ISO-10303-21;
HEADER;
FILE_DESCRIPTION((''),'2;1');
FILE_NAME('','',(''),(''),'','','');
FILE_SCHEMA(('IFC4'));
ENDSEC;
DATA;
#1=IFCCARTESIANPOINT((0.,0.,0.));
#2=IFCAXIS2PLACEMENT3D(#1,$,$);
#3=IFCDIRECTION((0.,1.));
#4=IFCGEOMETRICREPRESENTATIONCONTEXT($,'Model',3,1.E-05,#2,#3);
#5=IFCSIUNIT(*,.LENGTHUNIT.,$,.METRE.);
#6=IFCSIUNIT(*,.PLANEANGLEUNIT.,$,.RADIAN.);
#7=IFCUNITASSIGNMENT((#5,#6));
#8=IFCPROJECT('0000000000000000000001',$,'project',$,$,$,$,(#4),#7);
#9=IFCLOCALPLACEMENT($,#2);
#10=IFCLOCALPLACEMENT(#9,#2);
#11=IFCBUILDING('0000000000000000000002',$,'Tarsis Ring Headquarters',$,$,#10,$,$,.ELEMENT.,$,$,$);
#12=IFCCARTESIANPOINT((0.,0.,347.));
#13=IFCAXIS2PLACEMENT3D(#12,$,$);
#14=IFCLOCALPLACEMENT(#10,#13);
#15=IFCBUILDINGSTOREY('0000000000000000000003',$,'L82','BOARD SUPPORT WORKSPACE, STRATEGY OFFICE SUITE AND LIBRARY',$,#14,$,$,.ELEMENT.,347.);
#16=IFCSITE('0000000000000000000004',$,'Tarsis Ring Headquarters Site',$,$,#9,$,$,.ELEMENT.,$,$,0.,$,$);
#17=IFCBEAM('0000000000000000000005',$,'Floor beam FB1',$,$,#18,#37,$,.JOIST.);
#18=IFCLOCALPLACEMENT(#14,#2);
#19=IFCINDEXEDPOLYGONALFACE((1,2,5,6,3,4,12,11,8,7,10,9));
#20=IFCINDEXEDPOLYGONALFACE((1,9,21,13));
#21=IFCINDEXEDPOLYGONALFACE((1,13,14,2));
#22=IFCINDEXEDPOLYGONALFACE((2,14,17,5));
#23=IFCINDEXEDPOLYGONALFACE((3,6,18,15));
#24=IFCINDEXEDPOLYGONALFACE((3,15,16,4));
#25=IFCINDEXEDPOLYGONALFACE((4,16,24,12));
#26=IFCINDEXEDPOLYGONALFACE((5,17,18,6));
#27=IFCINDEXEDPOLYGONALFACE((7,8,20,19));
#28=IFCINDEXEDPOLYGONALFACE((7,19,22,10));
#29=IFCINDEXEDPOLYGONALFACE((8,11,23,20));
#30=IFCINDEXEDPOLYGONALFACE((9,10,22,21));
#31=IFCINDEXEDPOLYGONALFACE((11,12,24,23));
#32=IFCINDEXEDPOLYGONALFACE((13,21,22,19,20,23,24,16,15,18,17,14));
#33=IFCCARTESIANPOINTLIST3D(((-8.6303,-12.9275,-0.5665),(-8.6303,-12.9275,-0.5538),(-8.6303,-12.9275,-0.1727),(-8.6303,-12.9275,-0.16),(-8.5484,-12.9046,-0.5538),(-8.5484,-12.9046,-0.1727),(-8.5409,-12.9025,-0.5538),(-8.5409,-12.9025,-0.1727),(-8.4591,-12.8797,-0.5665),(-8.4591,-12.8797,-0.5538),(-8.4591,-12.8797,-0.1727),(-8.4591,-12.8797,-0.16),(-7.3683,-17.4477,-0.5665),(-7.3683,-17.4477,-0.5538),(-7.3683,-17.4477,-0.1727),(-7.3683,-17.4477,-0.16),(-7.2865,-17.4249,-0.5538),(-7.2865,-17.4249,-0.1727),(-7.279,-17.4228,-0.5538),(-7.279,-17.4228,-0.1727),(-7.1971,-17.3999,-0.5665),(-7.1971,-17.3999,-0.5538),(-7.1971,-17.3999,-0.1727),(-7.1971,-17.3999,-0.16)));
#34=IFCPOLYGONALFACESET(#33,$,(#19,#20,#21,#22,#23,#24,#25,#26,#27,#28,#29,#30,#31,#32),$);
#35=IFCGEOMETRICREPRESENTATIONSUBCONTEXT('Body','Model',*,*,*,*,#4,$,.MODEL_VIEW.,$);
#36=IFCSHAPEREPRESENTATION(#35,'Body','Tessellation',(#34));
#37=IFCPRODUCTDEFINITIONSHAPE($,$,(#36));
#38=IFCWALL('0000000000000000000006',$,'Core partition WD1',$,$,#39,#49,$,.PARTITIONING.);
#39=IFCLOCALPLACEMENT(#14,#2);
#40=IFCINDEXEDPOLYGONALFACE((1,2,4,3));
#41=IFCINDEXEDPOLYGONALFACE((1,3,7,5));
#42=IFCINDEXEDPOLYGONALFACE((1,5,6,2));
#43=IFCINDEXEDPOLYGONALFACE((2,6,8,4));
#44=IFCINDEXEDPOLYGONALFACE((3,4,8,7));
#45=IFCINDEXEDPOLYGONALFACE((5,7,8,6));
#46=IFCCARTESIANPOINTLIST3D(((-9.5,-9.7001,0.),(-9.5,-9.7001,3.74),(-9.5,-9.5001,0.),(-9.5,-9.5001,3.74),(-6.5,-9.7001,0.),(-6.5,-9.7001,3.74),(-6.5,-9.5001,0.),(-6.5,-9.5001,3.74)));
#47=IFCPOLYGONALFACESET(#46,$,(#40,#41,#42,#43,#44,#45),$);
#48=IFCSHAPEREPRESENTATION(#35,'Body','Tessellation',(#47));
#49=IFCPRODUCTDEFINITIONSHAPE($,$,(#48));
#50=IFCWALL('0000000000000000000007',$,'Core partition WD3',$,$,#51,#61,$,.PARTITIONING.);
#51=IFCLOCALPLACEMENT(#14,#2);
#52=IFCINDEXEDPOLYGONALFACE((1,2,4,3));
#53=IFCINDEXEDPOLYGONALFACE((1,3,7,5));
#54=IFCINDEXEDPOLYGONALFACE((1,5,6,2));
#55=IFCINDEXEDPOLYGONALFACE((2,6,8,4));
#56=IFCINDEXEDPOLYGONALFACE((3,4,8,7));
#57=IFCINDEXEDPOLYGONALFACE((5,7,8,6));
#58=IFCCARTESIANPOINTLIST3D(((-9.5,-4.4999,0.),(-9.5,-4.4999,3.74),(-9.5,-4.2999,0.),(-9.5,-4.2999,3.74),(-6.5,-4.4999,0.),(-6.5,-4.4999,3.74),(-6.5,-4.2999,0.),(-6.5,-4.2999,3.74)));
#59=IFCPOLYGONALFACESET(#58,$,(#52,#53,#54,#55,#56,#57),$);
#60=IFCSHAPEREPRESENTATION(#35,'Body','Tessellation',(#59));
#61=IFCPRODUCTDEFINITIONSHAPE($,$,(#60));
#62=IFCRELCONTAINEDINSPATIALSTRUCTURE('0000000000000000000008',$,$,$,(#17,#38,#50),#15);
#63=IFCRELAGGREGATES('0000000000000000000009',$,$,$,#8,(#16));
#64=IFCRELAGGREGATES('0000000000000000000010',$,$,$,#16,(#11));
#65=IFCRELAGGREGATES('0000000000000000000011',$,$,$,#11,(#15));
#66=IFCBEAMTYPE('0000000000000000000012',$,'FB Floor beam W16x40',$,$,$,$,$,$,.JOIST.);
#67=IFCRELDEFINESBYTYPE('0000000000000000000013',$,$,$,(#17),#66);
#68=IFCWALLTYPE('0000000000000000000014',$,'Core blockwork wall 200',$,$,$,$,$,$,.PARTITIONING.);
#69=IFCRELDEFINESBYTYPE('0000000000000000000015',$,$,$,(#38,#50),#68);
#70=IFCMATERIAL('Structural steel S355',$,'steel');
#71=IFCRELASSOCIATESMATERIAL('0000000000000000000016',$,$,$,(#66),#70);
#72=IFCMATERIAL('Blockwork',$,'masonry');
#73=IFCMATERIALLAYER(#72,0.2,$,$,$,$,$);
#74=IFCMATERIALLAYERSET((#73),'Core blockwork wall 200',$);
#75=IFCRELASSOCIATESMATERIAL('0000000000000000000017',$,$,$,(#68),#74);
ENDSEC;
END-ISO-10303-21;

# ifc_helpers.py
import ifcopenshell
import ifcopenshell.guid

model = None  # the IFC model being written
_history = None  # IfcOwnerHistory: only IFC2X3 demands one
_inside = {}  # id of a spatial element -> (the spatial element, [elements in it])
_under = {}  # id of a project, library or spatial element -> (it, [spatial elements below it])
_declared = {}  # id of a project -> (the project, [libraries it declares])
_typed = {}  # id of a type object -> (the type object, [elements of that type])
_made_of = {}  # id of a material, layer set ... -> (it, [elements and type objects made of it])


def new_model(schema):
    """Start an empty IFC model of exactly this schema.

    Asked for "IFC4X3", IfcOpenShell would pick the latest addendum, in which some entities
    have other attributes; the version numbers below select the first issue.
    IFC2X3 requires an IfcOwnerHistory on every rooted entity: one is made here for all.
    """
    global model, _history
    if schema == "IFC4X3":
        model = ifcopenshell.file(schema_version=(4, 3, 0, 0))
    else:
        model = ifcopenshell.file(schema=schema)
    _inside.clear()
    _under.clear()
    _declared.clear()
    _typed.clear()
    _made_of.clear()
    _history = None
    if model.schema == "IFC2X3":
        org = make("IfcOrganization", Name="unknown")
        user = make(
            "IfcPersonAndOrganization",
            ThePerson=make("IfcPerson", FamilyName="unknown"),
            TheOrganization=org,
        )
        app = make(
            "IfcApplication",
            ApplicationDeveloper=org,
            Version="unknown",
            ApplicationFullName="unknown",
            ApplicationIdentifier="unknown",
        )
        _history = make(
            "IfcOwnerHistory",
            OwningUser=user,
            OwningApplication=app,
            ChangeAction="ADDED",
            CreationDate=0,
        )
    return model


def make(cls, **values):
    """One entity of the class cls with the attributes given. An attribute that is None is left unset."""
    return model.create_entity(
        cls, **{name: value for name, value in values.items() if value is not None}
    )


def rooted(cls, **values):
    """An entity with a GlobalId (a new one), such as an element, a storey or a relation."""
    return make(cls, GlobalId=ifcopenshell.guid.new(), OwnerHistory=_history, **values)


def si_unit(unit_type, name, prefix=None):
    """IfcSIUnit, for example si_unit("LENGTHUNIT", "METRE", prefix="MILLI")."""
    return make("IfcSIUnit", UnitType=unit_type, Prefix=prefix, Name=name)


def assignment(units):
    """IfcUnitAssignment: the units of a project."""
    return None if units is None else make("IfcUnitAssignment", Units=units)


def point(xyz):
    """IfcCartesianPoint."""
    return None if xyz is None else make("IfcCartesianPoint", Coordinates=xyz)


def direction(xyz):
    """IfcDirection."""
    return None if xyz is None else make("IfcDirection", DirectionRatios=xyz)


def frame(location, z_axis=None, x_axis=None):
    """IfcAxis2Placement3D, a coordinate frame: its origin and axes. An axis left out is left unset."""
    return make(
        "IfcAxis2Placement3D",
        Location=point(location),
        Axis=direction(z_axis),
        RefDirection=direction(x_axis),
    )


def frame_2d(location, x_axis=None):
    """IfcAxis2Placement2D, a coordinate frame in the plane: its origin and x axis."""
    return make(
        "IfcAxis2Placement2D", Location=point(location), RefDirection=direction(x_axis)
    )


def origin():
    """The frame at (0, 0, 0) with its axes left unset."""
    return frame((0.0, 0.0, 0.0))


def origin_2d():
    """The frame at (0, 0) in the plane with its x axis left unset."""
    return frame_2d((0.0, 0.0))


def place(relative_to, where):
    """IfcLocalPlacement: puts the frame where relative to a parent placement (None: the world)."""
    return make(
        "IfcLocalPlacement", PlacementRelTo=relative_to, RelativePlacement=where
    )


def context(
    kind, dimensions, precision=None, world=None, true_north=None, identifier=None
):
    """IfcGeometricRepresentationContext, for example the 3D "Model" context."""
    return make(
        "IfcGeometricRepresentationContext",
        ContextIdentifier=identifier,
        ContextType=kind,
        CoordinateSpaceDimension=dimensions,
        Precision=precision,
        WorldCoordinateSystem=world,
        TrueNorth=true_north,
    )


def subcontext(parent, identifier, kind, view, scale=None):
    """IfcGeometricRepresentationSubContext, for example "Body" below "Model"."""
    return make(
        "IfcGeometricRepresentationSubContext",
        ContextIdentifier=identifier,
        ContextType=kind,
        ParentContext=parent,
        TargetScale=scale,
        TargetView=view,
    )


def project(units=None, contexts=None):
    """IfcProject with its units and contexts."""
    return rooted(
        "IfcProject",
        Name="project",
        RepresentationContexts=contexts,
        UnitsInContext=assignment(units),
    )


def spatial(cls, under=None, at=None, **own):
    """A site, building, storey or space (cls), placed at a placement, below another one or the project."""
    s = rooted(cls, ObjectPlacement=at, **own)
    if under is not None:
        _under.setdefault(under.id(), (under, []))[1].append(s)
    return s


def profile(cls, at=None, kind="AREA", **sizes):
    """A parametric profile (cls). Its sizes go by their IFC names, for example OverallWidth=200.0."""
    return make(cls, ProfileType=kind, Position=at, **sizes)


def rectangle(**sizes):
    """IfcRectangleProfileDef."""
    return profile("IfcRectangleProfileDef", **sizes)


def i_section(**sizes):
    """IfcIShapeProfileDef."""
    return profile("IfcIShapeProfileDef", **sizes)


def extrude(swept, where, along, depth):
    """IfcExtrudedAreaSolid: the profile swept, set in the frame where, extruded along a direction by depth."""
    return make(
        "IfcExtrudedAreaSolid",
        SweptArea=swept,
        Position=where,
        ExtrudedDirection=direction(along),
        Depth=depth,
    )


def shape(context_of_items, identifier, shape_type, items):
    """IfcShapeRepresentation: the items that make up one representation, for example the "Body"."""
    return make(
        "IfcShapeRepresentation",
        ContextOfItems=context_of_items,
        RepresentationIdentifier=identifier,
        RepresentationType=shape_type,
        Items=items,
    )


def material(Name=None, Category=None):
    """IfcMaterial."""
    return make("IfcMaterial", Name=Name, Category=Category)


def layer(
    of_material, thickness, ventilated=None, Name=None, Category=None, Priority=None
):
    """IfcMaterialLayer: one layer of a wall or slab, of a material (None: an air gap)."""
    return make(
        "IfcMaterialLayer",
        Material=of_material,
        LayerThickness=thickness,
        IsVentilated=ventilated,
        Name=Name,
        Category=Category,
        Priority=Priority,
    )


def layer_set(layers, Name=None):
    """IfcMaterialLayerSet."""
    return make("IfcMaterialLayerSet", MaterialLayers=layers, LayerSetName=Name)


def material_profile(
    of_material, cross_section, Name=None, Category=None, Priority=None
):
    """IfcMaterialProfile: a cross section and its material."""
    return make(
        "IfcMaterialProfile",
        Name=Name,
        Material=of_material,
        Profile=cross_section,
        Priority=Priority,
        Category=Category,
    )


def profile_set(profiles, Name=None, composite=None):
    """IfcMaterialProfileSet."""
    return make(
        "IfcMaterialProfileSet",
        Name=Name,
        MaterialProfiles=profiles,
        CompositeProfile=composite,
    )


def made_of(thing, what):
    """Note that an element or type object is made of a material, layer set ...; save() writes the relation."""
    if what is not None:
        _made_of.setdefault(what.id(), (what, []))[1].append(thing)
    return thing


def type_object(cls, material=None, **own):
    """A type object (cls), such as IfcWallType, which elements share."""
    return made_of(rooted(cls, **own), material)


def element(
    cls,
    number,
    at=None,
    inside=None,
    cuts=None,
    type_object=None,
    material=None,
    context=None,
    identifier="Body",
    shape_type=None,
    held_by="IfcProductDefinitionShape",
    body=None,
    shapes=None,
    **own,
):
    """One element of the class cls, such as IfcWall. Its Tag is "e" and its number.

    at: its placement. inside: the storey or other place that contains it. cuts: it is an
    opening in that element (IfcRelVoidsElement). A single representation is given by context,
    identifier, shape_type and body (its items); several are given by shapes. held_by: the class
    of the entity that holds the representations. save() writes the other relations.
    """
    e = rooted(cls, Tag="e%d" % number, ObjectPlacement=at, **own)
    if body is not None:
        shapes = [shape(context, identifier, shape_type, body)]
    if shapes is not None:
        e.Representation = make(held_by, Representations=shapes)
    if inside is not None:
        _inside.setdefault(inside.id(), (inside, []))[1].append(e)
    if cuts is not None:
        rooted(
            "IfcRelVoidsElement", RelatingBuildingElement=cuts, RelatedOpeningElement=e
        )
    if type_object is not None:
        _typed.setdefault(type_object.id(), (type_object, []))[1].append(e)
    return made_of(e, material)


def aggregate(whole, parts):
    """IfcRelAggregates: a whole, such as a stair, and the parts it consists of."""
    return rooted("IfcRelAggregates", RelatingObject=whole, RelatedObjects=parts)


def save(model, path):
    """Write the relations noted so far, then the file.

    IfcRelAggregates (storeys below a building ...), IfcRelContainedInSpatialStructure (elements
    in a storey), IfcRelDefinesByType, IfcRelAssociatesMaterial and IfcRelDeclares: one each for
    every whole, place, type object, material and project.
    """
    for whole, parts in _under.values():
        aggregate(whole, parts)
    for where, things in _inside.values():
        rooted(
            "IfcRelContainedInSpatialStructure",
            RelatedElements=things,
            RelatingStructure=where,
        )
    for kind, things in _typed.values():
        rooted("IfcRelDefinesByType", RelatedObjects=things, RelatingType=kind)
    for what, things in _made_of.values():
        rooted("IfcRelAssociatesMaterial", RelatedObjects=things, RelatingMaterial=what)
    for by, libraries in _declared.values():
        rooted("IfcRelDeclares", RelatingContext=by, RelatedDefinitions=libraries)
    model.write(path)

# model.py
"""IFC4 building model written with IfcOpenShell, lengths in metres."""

from ifc_helpers import new_model, si_unit, direction, frame, frame_2d, origin, origin_2d, place, context, subcontext, project, spatial, rectangle, i_section, extrude, material, layer, layer_set, material_profile, profile_set, type_object, element, save


model = new_model("IFC4")

# Units and contexts
model_context = context("Model", 3, precision=1e-05, world=origin(), true_north=direction((0.0, 1.0)))
body_context = subcontext(model_context, "Body", "Model", "MODEL_VIEW")
ifc_project = project(units=[si_unit("LENGTHUNIT", "METRE"), si_unit("PLANEANGLEUNIT", "RADIAN")], contexts=[model_context])

# Site, building, storey
site_placement = place(None, origin())
site = spatial("IfcSite", under=ifc_project, at=site_placement, Name="Tarsis Ring Headquarters Site", CompositionType="ELEMENT", RefElevation=0.0)
building_placement = place(site_placement, origin())
building = spatial("IfcBuilding", under=site, at=building_placement, Name="Tarsis Ring Headquarters", CompositionType="ELEMENT")
storey_placement = place(building_placement, frame((0.0, 0.0, 347.0)))
storey = spatial("IfcBuildingStorey", under=building, at=storey_placement, Name="L82", Description="BOARD SUPPORT WORKSPACE, STRATEGY OFFICE SUITE AND LIBRARY", CompositionType="ELEMENT", Elevation=347.0)

# Beam
ifc_material_1 = material(Name="Structural steel S355", Category="steel")
ifc_material_profile = material_profile(ifc_material_1, i_section(OverallWidth=0.1777, OverallDepth=0.4065, WebThickness=0.0078, FlangeThickness=0.0127, at=origin_2d()), Name="W16x40")
ifc_profile_set = profile_set([ifc_material_profile], Name="Structural steel S355")
beam_type = type_object("IfcBeamType", Name="FB Floor beam W16x40", PredefinedType="JOIST", material=ifc_profile_set)
beam_placement = place(storey_placement, frame((-8.5447, -12.9036, -0.3633), z_axis=(0.268897, -0.963169, 0.0), x_axis=(0.963169, 0.268897, 0.0)))
element("IfcBeam", 1, at=beam_placement, inside=storey, type_object=beam_type, Name="Floor beam FB1", PredefinedType="JOIST", context=body_context, shape_type="SweptSolid", body=[
    extrude(i_section(OverallWidth=0.1777, OverallDepth=0.4065, WebThickness=0.0078, FlangeThickness=0.0127, at=origin_2d()), origin(), (0.0, 0.0, 1.0), 4.6931),
])

# Walls
ifc_material_2 = material(Name="Blockwork", Category="masonry")
ifc_layer_1 = layer(ifc_material_2, 0.2)
ifc_layer_set_1 = layer_set([ifc_layer_1], Name="Core blockwork wall 200")
wall_type_1 = type_object("IfcWallType", Name="Core blockwork wall 200", PredefinedType="PARTITIONING", material=ifc_layer_set_1)
for number, where, z_axis, x_axis, name in (
    (2, (-9.5, -9.6001, 0.0), (0.0, 0.0, 1.0), (1.0, 0.0, 0.0), "Core partition WD1"),
    (3, (-9.5, -4.3999, 0.0), (0.0, 0.0, 1.0), (1.0, 0.0, 0.0), "Core partition WD3"),
):
    element("IfcWall", number, at=place(storey_placement, frame(where, z_axis=z_axis, x_axis=x_axis)), inside=storey, type_object=wall_type_1, Name=name, PredefinedType="PARTITIONING", context=body_context, shape_type="SweptSolid", body=[
        extrude(rectangle(XDim=3.0, YDim=0.2, at=frame_2d((1.5, 0.0))), origin(), (0.0, 0.0, 1.0), 3.74),
    ])

save(model, "model.ifc")
